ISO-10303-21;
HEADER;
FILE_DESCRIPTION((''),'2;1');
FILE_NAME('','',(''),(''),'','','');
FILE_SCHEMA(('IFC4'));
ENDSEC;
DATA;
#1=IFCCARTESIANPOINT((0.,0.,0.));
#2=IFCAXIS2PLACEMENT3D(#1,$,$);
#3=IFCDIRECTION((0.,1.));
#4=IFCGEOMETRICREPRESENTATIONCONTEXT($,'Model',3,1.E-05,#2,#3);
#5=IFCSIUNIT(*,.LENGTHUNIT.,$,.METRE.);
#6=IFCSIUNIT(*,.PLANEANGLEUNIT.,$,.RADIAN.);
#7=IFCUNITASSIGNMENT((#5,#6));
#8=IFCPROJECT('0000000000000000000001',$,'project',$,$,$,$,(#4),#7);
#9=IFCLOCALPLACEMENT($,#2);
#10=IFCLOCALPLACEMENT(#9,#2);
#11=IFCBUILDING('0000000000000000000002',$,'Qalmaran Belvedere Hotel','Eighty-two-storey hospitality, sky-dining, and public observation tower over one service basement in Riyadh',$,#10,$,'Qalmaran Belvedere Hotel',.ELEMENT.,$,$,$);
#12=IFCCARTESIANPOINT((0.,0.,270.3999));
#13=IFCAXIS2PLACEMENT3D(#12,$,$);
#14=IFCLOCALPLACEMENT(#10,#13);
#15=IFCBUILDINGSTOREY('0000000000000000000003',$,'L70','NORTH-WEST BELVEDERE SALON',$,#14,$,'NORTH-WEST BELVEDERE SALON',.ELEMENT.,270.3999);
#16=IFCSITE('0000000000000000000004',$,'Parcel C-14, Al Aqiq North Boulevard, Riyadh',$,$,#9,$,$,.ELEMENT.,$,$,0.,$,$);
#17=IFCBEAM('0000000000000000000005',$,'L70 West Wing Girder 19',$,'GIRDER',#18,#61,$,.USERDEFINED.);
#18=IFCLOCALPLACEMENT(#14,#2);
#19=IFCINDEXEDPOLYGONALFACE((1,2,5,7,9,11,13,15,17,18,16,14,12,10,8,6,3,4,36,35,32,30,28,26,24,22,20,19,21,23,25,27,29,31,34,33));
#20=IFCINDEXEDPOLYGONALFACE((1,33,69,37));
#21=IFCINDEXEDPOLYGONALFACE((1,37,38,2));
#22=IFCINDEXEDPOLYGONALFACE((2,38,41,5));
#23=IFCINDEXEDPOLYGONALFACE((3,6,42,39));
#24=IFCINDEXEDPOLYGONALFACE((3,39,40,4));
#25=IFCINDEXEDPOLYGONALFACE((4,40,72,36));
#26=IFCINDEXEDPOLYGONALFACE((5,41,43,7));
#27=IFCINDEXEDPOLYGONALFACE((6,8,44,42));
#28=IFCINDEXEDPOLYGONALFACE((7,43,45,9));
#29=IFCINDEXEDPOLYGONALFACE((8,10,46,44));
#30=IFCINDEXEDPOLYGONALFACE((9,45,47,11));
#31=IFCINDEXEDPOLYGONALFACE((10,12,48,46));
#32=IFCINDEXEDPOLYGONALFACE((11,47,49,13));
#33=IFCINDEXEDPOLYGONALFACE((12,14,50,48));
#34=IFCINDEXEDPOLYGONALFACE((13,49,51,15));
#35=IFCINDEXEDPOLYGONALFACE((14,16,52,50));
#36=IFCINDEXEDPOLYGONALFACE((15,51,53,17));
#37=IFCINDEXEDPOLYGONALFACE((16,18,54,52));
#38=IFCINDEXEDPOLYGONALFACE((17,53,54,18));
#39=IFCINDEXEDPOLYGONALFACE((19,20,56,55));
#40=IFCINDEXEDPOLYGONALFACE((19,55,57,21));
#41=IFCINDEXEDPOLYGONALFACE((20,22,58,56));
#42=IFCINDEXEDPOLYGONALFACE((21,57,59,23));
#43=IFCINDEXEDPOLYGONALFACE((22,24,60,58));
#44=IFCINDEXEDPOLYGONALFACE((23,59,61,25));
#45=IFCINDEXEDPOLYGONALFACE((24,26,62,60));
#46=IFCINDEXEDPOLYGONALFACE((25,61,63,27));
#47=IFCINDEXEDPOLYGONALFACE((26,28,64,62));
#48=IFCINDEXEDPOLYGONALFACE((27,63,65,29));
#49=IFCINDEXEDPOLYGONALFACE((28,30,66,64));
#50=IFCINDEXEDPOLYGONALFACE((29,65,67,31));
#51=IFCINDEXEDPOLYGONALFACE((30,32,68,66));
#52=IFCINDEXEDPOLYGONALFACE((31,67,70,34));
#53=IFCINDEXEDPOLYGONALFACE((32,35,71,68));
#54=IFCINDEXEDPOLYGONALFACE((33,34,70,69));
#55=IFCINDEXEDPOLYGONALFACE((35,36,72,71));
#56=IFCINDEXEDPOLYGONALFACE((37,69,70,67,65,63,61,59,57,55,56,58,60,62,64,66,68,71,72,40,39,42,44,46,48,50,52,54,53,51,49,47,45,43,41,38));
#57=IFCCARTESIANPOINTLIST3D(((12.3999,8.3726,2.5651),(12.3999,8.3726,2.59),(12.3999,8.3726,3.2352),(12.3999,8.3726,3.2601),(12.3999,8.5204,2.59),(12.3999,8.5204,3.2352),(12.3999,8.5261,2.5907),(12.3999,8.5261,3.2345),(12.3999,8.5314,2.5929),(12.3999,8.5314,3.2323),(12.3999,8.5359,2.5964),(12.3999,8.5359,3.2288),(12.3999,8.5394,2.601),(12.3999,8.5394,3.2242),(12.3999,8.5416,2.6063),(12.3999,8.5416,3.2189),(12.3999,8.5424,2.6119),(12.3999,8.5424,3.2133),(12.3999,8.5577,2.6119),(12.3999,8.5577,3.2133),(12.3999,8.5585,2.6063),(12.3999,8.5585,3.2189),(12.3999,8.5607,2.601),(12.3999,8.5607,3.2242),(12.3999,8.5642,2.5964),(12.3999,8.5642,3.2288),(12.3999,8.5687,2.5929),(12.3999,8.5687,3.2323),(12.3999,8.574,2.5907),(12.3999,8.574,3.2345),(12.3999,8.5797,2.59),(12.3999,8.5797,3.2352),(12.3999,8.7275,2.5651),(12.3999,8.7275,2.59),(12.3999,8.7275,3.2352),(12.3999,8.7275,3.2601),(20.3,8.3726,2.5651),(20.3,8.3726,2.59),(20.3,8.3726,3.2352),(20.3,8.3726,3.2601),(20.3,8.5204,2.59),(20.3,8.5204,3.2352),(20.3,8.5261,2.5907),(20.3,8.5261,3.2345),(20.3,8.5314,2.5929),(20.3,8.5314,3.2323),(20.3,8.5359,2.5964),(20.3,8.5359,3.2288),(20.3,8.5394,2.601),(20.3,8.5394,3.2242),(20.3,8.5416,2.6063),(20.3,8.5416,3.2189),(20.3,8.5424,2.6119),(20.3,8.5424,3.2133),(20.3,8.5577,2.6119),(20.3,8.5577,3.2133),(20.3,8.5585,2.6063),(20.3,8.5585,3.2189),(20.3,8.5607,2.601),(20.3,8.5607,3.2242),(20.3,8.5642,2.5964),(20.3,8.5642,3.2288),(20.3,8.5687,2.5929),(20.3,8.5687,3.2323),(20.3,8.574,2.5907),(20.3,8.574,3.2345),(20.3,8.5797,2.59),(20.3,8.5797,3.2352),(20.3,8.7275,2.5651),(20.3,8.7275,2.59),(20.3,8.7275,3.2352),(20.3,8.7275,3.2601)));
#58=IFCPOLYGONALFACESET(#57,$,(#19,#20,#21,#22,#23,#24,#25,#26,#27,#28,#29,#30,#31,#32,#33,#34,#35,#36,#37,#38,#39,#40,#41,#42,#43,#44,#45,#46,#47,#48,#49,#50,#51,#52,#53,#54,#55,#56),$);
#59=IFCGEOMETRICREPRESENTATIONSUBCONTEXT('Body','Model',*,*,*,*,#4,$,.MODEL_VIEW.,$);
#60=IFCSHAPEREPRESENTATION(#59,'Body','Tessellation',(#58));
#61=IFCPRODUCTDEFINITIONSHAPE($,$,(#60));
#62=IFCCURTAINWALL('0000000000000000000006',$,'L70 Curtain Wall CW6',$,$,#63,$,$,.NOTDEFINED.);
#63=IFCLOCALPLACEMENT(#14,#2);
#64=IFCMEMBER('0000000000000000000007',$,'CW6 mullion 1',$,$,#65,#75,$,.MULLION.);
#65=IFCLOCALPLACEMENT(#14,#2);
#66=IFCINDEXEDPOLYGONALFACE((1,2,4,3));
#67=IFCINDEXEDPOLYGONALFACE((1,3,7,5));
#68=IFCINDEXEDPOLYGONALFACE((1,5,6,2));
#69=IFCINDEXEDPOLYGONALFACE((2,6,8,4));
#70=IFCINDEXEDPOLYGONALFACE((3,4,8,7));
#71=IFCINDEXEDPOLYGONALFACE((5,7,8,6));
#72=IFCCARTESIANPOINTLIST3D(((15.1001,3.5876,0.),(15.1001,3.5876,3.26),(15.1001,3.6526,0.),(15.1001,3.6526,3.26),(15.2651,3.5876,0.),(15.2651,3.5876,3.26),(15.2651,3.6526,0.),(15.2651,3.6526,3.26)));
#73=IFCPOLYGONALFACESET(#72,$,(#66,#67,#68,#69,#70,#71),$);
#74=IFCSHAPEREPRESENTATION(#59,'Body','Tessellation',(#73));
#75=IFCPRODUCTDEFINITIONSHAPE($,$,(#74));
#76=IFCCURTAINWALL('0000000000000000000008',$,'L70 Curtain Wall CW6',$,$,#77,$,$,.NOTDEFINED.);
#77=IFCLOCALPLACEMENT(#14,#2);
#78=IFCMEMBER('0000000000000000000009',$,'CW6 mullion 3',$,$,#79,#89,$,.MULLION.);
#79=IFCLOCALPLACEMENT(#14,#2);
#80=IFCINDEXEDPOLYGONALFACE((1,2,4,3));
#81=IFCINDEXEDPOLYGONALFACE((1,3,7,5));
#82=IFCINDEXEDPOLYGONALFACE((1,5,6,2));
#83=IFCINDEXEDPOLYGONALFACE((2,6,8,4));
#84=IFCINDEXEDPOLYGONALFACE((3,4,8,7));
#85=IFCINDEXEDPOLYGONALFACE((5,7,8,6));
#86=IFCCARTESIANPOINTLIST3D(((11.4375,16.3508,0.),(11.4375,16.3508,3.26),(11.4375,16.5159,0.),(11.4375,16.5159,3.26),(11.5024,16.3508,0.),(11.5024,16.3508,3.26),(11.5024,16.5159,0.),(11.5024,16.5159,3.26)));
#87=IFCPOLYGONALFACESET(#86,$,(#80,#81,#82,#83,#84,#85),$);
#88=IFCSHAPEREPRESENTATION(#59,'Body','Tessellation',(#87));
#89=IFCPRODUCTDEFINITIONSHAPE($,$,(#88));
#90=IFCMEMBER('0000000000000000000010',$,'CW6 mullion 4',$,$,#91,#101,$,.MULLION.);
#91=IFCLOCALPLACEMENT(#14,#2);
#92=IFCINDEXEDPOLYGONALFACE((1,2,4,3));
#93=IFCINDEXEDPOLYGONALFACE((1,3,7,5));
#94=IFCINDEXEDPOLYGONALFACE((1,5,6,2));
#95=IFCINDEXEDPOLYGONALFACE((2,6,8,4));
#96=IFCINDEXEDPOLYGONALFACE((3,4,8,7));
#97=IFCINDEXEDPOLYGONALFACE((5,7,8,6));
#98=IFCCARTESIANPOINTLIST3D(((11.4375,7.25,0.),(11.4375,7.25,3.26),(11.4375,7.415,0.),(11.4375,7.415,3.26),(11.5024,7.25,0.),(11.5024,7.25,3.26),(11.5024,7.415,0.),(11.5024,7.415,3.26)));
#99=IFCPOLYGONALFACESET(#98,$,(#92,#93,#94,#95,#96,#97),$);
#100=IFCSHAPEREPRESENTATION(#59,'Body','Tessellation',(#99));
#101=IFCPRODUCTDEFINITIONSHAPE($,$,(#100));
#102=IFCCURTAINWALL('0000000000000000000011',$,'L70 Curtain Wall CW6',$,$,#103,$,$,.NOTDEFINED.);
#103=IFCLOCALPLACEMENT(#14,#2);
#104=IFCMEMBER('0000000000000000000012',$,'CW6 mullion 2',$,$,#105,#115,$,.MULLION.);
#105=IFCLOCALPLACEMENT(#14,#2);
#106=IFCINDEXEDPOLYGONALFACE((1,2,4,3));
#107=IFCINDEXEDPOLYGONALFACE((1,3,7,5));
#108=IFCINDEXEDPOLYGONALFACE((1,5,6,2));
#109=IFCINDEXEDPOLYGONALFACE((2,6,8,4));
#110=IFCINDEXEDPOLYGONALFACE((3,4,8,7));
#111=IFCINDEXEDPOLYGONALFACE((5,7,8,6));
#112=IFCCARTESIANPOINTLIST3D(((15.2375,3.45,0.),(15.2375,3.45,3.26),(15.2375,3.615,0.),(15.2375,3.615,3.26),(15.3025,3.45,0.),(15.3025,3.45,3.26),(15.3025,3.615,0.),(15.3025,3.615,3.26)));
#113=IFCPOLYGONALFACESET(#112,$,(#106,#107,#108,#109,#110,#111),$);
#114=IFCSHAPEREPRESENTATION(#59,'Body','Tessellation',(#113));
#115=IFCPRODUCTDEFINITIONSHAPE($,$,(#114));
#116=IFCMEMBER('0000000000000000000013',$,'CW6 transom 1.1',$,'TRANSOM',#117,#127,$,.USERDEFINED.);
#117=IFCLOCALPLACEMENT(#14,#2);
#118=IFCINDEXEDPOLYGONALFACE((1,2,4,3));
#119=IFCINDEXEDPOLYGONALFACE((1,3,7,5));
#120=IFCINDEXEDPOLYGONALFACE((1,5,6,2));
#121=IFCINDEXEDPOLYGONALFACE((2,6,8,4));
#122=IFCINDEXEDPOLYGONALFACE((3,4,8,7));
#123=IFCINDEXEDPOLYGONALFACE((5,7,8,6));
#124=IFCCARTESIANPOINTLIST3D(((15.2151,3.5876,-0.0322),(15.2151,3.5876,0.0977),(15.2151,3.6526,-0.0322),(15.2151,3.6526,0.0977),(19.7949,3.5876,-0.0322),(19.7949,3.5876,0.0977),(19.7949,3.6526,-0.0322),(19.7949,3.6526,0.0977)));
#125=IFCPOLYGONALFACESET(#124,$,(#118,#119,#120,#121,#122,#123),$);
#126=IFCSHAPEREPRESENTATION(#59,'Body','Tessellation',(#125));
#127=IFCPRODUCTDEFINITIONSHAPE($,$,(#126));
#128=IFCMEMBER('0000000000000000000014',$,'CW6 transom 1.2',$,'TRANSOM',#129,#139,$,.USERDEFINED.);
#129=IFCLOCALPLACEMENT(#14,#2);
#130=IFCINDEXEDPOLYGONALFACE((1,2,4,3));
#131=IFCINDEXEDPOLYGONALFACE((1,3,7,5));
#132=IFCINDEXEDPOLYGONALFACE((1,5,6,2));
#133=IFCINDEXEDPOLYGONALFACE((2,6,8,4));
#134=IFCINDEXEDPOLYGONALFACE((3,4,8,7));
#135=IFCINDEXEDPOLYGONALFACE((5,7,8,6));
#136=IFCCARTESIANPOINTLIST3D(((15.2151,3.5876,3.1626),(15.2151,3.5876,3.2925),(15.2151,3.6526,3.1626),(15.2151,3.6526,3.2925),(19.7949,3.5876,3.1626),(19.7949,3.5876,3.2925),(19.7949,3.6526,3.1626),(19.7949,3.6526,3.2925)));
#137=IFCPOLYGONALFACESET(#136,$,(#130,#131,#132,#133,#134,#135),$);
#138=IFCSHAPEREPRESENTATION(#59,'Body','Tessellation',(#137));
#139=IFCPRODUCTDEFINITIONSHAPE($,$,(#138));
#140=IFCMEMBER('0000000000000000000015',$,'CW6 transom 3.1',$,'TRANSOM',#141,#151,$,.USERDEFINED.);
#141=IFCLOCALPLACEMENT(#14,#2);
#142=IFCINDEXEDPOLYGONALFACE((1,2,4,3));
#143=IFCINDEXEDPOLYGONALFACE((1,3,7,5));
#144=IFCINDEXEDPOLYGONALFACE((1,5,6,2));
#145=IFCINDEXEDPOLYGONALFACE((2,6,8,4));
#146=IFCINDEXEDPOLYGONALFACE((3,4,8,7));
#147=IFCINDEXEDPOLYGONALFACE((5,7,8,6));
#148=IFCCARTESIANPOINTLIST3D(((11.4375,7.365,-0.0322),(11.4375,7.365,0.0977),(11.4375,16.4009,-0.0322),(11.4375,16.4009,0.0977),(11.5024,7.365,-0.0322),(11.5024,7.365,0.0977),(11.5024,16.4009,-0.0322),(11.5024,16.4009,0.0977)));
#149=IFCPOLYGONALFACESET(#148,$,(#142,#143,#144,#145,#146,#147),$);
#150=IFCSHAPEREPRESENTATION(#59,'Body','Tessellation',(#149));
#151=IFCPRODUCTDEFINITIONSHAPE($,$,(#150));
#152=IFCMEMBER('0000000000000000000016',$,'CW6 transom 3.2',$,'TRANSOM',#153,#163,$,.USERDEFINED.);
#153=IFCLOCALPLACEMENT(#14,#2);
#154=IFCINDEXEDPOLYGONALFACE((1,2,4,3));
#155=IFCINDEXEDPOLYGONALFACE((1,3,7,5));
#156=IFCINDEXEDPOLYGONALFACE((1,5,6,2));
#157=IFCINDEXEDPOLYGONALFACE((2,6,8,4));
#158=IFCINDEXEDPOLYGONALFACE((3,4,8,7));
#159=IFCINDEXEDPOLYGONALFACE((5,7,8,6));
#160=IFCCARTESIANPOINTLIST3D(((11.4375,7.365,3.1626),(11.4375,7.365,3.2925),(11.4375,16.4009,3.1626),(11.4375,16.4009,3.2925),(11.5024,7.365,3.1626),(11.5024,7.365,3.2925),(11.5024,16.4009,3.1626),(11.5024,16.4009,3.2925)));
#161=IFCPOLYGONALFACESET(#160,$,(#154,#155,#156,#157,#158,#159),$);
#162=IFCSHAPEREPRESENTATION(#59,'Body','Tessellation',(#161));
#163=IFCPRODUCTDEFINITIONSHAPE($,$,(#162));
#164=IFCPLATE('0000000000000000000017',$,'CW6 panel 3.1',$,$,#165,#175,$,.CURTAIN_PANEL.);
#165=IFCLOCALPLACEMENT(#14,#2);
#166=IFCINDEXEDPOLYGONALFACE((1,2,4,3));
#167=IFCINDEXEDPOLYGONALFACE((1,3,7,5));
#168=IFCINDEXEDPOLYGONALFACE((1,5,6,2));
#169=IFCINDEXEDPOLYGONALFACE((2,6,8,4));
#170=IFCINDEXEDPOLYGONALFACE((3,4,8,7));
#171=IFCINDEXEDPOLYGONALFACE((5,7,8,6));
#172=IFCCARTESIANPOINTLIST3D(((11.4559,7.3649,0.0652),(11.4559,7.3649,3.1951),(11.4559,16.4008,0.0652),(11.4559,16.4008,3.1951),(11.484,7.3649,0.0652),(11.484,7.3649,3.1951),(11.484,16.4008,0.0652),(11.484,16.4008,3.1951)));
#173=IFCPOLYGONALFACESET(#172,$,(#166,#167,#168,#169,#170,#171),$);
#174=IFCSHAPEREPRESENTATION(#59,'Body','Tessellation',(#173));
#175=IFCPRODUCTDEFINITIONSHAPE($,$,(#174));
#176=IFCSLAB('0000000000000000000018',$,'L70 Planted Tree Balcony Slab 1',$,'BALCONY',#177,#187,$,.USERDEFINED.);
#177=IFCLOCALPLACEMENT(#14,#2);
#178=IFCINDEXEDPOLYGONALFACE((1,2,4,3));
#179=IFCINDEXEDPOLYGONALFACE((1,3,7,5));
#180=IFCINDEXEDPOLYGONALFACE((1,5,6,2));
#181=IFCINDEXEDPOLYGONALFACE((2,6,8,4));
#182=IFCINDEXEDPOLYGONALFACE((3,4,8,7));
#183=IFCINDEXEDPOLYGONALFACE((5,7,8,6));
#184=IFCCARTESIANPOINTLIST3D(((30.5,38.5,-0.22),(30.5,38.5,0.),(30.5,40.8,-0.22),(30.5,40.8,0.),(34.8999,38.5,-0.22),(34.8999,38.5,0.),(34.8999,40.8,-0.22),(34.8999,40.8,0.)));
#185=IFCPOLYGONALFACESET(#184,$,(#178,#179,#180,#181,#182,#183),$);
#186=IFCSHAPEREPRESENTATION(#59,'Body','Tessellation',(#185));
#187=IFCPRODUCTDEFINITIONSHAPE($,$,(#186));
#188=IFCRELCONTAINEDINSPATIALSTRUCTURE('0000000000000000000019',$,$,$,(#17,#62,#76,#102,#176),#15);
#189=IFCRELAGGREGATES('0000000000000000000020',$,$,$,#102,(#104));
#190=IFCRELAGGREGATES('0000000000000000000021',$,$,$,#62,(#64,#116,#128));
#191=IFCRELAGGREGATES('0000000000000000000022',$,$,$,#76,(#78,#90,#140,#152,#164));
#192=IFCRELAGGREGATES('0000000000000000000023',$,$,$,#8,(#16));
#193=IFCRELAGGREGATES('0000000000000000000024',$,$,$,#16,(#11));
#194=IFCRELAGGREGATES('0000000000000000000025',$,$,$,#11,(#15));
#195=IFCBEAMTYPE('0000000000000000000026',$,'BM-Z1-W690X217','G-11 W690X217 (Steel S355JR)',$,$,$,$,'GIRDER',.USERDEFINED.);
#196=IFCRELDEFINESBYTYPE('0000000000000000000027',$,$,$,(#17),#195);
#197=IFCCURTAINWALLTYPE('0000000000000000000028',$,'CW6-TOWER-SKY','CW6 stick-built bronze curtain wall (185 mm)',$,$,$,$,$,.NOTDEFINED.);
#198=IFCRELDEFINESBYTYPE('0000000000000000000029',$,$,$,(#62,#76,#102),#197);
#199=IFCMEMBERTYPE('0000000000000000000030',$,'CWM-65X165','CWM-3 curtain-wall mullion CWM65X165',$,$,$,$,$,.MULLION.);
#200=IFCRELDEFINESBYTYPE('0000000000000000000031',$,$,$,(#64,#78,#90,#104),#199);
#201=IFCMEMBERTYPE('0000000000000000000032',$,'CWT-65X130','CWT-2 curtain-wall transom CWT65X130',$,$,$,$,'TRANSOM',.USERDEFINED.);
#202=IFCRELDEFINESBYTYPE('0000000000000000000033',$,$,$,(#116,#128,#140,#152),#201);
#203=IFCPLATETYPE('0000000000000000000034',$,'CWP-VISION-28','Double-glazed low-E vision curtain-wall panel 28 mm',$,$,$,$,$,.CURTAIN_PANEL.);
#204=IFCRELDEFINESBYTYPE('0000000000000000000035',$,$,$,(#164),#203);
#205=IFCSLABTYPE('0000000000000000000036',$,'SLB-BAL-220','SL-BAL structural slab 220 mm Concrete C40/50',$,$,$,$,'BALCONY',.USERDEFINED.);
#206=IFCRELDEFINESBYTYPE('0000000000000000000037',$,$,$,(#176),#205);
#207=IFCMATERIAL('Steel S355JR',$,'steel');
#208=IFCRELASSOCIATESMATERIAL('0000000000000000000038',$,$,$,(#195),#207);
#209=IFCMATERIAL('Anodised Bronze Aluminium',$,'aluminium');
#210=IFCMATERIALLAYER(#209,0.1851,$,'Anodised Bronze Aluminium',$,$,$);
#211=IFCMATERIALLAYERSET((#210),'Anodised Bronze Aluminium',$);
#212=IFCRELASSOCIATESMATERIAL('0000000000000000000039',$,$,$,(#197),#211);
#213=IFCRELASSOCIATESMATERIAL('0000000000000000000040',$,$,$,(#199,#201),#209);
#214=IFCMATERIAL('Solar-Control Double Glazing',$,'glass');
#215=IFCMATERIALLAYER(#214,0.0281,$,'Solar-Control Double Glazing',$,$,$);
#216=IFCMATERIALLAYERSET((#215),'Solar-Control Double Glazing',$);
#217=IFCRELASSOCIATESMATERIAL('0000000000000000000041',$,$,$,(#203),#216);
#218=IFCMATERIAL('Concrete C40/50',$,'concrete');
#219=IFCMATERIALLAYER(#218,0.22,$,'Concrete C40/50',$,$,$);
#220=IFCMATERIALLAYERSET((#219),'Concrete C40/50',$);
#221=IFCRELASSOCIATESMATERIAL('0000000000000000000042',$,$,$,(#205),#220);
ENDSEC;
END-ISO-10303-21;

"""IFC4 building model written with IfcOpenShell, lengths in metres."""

from ifc_helpers import new_model, si_unit, direction, frame, origin, origin_2d, place, context, subcontext, project, spatial, polyline, rectangle, i_section, outline, extrude, material, layer, layer_set, material_profile, profile_set, type_object, element, aggregate, save


model = new_model("IFC4")

# Units and contexts
model_context = context("Model", 3, precision=1e-05, world=origin(), true_north=direction((0.0, 1.0)))
body_context = subcontext(model_context, "Body", "Model", "MODEL_VIEW")
ifc_project = project(units=[si_unit("LENGTHUNIT", "METRE"), si_unit("PLANEANGLEUNIT", "RADIAN")], contexts=[model_context])

# Site, building, storey
site_placement = place(None, origin())
site = spatial("IfcSite", under=ifc_project, at=site_placement, Name="Parcel C-14, Al Aqiq North Boulevard, Riyadh", CompositionType="ELEMENT", RefElevation=0.0)
building_placement = place(site_placement, origin())
building = spatial("IfcBuilding", under=site, at=building_placement, Name="Qalmaran Belvedere Hotel", Description="Eighty-two-storey hospitality, sky-dining, and public observation tower over one service basement in Riyadh", LongName="Qalmaran Belvedere Hotel", CompositionType="ELEMENT")
storey_placement = place(building_placement, frame((0.0, 0.0, 270.3999)))
storey = spatial("IfcBuildingStorey", under=building, at=storey_placement, Name="L70", Description="NORTH-WEST BELVEDERE SALON", LongName="NORTH-WEST BELVEDERE SALON", CompositionType="ELEMENT", Elevation=270.3999)

# Beam
ifc_material_1 = material(Name="Steel S355JR", Category="steel")
ifc_material_profile_1 = material_profile(ifc_material_1, i_section(OverallWidth=0.355, OverallDepth=0.6951, WebThickness=0.0154, FlangeThickness=0.0249, FilletRadius=0.022, at=origin_2d()), Name="W690X217")
ifc_profile_set_1 = profile_set([ifc_material_profile_1], Name="Steel S355JR")
beam_type_1 = type_object("IfcBeamType", Name="BM-Z1-W690X217", Description="G-11 W690X217 (Steel S355JR)", ElementType="GIRDER", PredefinedType="USERDEFINED", material=ifc_profile_set_1)
beam_1_placement = place(storey_placement, frame((12.3999, 8.55, 2.9126), z_axis=(1.0, 0.0, 0.0), x_axis=(0.0, 1.0, 0.0)))
element("IfcBeam", 1, at=beam_1_placement, inside=storey, type_object=beam_type_1, Name="L70 West Wing Girder 19", ObjectType="GIRDER", PredefinedType="USERDEFINED", context=body_context, shape_type="SweptSolid", body=[
    extrude(i_section(OverallWidth=0.355, OverallDepth=0.6951, WebThickness=0.0154, FlangeThickness=0.0249, FilletRadius=0.022, at=origin_2d()), origin(), (0.0, 0.0, 1.0), 7.9001),
])

# Curtain wall, member
ifc_material_2 = material(Name="Anodised Bronze Aluminium", Category="aluminium")
ifc_layer_1 = layer(ifc_material_2, 0.1851, Name="Anodised Bronze Aluminium")
ifc_layer_set_1 = layer_set([ifc_layer_1], Name="Anodised Bronze Aluminium")
curtain_wall_type = type_object("IfcCurtainWallType", Name="CW6-TOWER-SKY", Description="CW6 stick-built bronze curtain wall (185 mm)", PredefinedType="NOTDEFINED", material=ifc_layer_set_1)
curtain_wall_1_placement = place(storey_placement, origin())
curtain_wall_1 = element("IfcCurtainWall", 2, at=curtain_wall_1_placement, inside=storey, type_object=curtain_wall_type, Name="L70 Curtain Wall CW6", PredefinedType="NOTDEFINED")
ifc_material_profile_2 = material_profile(ifc_material_2, rectangle(XDim=0.0649, YDim=0.165, at=origin_2d()), Name="CWM65X165")
ifc_profile_set_2 = profile_set([ifc_material_profile_2], Name="Anodised Bronze Aluminium")
member_type_1 = type_object("IfcMemberType", Name="CWM-65X165", Description="CWM-3 curtain-wall mullion CWM65X165", PredefinedType="MULLION", material=ifc_profile_set_2)
member_1_placement = place(storey_placement, frame((15.1826, 3.6201, 0.0), z_axis=(0.0, 0.0, 1.0), x_axis=(0.0, 1.0, 0.0)))
member_1 = element("IfcMember", 3, at=member_1_placement, type_object=member_type_1, Name="CW6 mullion 1", PredefinedType="MULLION", context=body_context, shape_type="SweptSolid", body=[
    extrude(rectangle(XDim=0.0649, YDim=0.165, at=origin_2d()), origin(), (0.0, 0.0, 1.0), 3.26),
])

# Curtain wall, members
curtain_wall_2_placement = place(storey_placement, origin())
curtain_wall_2 = element("IfcCurtainWall", 4, at=curtain_wall_2_placement, inside=storey, type_object=curtain_wall_type, Name="L70 Curtain Wall CW6", PredefinedType="NOTDEFINED")
member_2_placement = place(storey_placement, frame((11.47, 16.4333, 0.0), z_axis=(0.0, 0.0, 1.0), x_axis=(1.0, 0.0, 0.0)))
member_2 = element("IfcMember", 5, at=member_2_placement, type_object=member_type_1, Name="CW6 mullion 3", PredefinedType="MULLION", context=body_context, shape_type="SweptSolid", body=[
    extrude(rectangle(XDim=0.0649, YDim=0.165, at=origin_2d()), origin(), (0.0, 0.0, 1.0), 3.26),
])
member_3_placement = place(storey_placement, frame((11.47, 7.3325, 0.0), z_axis=(0.0, 0.0, 1.0), x_axis=(1.0, 0.0, 0.0)))
member_3 = element("IfcMember", 6, at=member_3_placement, type_object=member_type_1, Name="CW6 mullion 4", PredefinedType="MULLION", context=body_context, shape_type="SweptSolid", body=[
    extrude(rectangle(XDim=0.0649, YDim=0.165, at=origin_2d()), origin(), (0.0, 0.0, 1.0), 3.26),
])

# Curtain wall, member
curtain_wall_3_placement = place(storey_placement, origin())
curtain_wall_3 = element("IfcCurtainWall", 7, at=curtain_wall_3_placement, inside=storey, type_object=curtain_wall_type, Name="L70 Curtain Wall CW6", PredefinedType="NOTDEFINED")
member_4_placement = place(storey_placement, frame((15.27, 3.5325, 0.0), z_axis=(0.0, 0.0, 1.0), x_axis=(1.0, 0.0, 0.0)))
member_4 = element("IfcMember", 8, at=member_4_placement, type_object=member_type_1, Name="CW6 mullion 2", PredefinedType="MULLION", context=body_context, shape_type="SweptSolid", body=[
    extrude(rectangle(XDim=0.0649, YDim=0.165, at=origin_2d()), origin(), (0.0, 0.0, 1.0), 3.26),
])
aggregate(curtain_wall_3, [member_4])

# Members
ifc_material_profile_3 = material_profile(ifc_material_2, rectangle(XDim=0.0649, YDim=0.1299, at=origin_2d()), Name="CWT65X130")
ifc_profile_set_3 = profile_set([ifc_material_profile_3], Name="Anodised Bronze Aluminium")
member_type_2 = type_object("IfcMemberType", Name="CWT-65X130", Description="CWT-2 curtain-wall transom CWT65X130", ElementType="TRANSOM", PredefinedType="USERDEFINED", material=ifc_profile_set_3)
member_5_placement = place(storey_placement, frame((15.2151, 3.6201, 0.0327), z_axis=(1.0, 0.0, 0.0), x_axis=(0.0, 1.0, 0.0)))
member_5 = element("IfcMember", 9, at=member_5_placement, type_object=member_type_2, Name="CW6 transom 1.1", ObjectType="TRANSOM", PredefinedType="USERDEFINED", context=body_context, shape_type="SweptSolid", body=[
    extrude(rectangle(XDim=0.0649, YDim=0.1299, at=origin_2d()), origin(), (0.0, 0.0, 1.0), 4.5798),
])
member_6_placement = place(storey_placement, frame((15.2151, 3.6201, 3.2275), z_axis=(1.0, 0.0, 0.0), x_axis=(0.0, 1.0, 0.0)))
member_6 = element("IfcMember", 10, at=member_6_placement, type_object=member_type_2, Name="CW6 transom 1.2", ObjectType="TRANSOM", PredefinedType="USERDEFINED", context=body_context, shape_type="SweptSolid", body=[
    extrude(rectangle(XDim=0.0649, YDim=0.1299, at=origin_2d()), origin(), (0.0, 0.0, 1.0), 4.5798),
])
aggregate(curtain_wall_1, [member_1, member_5, member_6])
member_7_placement = place(storey_placement, frame((11.47, 16.4009, 0.0327), z_axis=(0.0, -1.0, 0.0), x_axis=(1.0, 0.0, 0.0)))
member_7 = element("IfcMember", 11, at=member_7_placement, type_object=member_type_2, Name="CW6 transom 3.1", ObjectType="TRANSOM", PredefinedType="USERDEFINED", context=body_context, shape_type="SweptSolid", body=[
    extrude(rectangle(XDim=0.0649, YDim=0.1299, at=origin_2d()), origin(), (0.0, 0.0, 1.0), 9.0359),
])
member_8_placement = place(storey_placement, frame((11.47, 16.4009, 3.2275), z_axis=(0.0, -1.0, 0.0), x_axis=(1.0, 0.0, 0.0)))
member_8 = element("IfcMember", 12, at=member_8_placement, type_object=member_type_2, Name="CW6 transom 3.2", ObjectType="TRANSOM", PredefinedType="USERDEFINED", context=body_context, shape_type="SweptSolid", body=[
    extrude(rectangle(XDim=0.0649, YDim=0.1299, at=origin_2d()), origin(), (0.0, 0.0, 1.0), 9.0359),
])

# Plate
ifc_material_3 = material(Name="Solar-Control Double Glazing", Category="glass")
ifc_layer_2 = layer(ifc_material_3, 0.0281, Name="Solar-Control Double Glazing")
ifc_layer_set_2 = layer_set([ifc_layer_2], Name="Solar-Control Double Glazing")
plate_type = type_object("IfcPlateType", Name="CWP-VISION-28", Description="Double-glazed low-E vision curtain-wall panel 28 mm", PredefinedType="CURTAIN_PANEL", material=ifc_layer_set_2)
plate_placement = place(storey_placement, frame((11.47, 11.8828, 0.0652), z_axis=(0.0, 0.0, 1.0), x_axis=(0.0, -1.0, 0.0)))
plate = element("IfcPlate", 13, at=plate_placement, type_object=plate_type, Name="CW6 panel 3.1", PredefinedType="CURTAIN_PANEL", context=body_context, shape_type="SweptSolid", body=[
    extrude(rectangle(XDim=9.0359, YDim=0.0281, at=origin_2d()), origin(), (0.0, 0.0, 1.0), 3.1299),
])
aggregate(curtain_wall_2, [member_2, member_3, member_7, member_8, plate])

# Slab
ifc_material_4 = material(Name="Concrete C40/50", Category="concrete")
ifc_layer_3 = layer(ifc_material_4, 0.22, Name="Concrete C40/50")
ifc_layer_set_3 = layer_set([ifc_layer_3], Name="Concrete C40/50")
slab_type_1 = type_object("IfcSlabType", Name="SLB-BAL-220", Description="SL-BAL structural slab 220 mm Concrete C40/50", ElementType="BALCONY", PredefinedType="USERDEFINED", material=ifc_layer_set_3)
slab_1_placement = place(storey_placement, frame((0.0, 0.0, -0.22)))
element("IfcSlab", 14, at=slab_1_placement, inside=storey, type_object=slab_type_1, Name="L70 Planted Tree Balcony Slab 1", ObjectType="BALCONY", PredefinedType="USERDEFINED", context=body_context, shape_type="SweptSolid", body=[
    extrude(outline(polyline([(30.5, 38.5), (34.8999, 38.5), (34.8999, 40.8), (30.5, 40.8), (30.5, 38.5)])), origin(), (0.0, 0.0, 1.0), 0.22),
])

save(model, "model.ifc")
